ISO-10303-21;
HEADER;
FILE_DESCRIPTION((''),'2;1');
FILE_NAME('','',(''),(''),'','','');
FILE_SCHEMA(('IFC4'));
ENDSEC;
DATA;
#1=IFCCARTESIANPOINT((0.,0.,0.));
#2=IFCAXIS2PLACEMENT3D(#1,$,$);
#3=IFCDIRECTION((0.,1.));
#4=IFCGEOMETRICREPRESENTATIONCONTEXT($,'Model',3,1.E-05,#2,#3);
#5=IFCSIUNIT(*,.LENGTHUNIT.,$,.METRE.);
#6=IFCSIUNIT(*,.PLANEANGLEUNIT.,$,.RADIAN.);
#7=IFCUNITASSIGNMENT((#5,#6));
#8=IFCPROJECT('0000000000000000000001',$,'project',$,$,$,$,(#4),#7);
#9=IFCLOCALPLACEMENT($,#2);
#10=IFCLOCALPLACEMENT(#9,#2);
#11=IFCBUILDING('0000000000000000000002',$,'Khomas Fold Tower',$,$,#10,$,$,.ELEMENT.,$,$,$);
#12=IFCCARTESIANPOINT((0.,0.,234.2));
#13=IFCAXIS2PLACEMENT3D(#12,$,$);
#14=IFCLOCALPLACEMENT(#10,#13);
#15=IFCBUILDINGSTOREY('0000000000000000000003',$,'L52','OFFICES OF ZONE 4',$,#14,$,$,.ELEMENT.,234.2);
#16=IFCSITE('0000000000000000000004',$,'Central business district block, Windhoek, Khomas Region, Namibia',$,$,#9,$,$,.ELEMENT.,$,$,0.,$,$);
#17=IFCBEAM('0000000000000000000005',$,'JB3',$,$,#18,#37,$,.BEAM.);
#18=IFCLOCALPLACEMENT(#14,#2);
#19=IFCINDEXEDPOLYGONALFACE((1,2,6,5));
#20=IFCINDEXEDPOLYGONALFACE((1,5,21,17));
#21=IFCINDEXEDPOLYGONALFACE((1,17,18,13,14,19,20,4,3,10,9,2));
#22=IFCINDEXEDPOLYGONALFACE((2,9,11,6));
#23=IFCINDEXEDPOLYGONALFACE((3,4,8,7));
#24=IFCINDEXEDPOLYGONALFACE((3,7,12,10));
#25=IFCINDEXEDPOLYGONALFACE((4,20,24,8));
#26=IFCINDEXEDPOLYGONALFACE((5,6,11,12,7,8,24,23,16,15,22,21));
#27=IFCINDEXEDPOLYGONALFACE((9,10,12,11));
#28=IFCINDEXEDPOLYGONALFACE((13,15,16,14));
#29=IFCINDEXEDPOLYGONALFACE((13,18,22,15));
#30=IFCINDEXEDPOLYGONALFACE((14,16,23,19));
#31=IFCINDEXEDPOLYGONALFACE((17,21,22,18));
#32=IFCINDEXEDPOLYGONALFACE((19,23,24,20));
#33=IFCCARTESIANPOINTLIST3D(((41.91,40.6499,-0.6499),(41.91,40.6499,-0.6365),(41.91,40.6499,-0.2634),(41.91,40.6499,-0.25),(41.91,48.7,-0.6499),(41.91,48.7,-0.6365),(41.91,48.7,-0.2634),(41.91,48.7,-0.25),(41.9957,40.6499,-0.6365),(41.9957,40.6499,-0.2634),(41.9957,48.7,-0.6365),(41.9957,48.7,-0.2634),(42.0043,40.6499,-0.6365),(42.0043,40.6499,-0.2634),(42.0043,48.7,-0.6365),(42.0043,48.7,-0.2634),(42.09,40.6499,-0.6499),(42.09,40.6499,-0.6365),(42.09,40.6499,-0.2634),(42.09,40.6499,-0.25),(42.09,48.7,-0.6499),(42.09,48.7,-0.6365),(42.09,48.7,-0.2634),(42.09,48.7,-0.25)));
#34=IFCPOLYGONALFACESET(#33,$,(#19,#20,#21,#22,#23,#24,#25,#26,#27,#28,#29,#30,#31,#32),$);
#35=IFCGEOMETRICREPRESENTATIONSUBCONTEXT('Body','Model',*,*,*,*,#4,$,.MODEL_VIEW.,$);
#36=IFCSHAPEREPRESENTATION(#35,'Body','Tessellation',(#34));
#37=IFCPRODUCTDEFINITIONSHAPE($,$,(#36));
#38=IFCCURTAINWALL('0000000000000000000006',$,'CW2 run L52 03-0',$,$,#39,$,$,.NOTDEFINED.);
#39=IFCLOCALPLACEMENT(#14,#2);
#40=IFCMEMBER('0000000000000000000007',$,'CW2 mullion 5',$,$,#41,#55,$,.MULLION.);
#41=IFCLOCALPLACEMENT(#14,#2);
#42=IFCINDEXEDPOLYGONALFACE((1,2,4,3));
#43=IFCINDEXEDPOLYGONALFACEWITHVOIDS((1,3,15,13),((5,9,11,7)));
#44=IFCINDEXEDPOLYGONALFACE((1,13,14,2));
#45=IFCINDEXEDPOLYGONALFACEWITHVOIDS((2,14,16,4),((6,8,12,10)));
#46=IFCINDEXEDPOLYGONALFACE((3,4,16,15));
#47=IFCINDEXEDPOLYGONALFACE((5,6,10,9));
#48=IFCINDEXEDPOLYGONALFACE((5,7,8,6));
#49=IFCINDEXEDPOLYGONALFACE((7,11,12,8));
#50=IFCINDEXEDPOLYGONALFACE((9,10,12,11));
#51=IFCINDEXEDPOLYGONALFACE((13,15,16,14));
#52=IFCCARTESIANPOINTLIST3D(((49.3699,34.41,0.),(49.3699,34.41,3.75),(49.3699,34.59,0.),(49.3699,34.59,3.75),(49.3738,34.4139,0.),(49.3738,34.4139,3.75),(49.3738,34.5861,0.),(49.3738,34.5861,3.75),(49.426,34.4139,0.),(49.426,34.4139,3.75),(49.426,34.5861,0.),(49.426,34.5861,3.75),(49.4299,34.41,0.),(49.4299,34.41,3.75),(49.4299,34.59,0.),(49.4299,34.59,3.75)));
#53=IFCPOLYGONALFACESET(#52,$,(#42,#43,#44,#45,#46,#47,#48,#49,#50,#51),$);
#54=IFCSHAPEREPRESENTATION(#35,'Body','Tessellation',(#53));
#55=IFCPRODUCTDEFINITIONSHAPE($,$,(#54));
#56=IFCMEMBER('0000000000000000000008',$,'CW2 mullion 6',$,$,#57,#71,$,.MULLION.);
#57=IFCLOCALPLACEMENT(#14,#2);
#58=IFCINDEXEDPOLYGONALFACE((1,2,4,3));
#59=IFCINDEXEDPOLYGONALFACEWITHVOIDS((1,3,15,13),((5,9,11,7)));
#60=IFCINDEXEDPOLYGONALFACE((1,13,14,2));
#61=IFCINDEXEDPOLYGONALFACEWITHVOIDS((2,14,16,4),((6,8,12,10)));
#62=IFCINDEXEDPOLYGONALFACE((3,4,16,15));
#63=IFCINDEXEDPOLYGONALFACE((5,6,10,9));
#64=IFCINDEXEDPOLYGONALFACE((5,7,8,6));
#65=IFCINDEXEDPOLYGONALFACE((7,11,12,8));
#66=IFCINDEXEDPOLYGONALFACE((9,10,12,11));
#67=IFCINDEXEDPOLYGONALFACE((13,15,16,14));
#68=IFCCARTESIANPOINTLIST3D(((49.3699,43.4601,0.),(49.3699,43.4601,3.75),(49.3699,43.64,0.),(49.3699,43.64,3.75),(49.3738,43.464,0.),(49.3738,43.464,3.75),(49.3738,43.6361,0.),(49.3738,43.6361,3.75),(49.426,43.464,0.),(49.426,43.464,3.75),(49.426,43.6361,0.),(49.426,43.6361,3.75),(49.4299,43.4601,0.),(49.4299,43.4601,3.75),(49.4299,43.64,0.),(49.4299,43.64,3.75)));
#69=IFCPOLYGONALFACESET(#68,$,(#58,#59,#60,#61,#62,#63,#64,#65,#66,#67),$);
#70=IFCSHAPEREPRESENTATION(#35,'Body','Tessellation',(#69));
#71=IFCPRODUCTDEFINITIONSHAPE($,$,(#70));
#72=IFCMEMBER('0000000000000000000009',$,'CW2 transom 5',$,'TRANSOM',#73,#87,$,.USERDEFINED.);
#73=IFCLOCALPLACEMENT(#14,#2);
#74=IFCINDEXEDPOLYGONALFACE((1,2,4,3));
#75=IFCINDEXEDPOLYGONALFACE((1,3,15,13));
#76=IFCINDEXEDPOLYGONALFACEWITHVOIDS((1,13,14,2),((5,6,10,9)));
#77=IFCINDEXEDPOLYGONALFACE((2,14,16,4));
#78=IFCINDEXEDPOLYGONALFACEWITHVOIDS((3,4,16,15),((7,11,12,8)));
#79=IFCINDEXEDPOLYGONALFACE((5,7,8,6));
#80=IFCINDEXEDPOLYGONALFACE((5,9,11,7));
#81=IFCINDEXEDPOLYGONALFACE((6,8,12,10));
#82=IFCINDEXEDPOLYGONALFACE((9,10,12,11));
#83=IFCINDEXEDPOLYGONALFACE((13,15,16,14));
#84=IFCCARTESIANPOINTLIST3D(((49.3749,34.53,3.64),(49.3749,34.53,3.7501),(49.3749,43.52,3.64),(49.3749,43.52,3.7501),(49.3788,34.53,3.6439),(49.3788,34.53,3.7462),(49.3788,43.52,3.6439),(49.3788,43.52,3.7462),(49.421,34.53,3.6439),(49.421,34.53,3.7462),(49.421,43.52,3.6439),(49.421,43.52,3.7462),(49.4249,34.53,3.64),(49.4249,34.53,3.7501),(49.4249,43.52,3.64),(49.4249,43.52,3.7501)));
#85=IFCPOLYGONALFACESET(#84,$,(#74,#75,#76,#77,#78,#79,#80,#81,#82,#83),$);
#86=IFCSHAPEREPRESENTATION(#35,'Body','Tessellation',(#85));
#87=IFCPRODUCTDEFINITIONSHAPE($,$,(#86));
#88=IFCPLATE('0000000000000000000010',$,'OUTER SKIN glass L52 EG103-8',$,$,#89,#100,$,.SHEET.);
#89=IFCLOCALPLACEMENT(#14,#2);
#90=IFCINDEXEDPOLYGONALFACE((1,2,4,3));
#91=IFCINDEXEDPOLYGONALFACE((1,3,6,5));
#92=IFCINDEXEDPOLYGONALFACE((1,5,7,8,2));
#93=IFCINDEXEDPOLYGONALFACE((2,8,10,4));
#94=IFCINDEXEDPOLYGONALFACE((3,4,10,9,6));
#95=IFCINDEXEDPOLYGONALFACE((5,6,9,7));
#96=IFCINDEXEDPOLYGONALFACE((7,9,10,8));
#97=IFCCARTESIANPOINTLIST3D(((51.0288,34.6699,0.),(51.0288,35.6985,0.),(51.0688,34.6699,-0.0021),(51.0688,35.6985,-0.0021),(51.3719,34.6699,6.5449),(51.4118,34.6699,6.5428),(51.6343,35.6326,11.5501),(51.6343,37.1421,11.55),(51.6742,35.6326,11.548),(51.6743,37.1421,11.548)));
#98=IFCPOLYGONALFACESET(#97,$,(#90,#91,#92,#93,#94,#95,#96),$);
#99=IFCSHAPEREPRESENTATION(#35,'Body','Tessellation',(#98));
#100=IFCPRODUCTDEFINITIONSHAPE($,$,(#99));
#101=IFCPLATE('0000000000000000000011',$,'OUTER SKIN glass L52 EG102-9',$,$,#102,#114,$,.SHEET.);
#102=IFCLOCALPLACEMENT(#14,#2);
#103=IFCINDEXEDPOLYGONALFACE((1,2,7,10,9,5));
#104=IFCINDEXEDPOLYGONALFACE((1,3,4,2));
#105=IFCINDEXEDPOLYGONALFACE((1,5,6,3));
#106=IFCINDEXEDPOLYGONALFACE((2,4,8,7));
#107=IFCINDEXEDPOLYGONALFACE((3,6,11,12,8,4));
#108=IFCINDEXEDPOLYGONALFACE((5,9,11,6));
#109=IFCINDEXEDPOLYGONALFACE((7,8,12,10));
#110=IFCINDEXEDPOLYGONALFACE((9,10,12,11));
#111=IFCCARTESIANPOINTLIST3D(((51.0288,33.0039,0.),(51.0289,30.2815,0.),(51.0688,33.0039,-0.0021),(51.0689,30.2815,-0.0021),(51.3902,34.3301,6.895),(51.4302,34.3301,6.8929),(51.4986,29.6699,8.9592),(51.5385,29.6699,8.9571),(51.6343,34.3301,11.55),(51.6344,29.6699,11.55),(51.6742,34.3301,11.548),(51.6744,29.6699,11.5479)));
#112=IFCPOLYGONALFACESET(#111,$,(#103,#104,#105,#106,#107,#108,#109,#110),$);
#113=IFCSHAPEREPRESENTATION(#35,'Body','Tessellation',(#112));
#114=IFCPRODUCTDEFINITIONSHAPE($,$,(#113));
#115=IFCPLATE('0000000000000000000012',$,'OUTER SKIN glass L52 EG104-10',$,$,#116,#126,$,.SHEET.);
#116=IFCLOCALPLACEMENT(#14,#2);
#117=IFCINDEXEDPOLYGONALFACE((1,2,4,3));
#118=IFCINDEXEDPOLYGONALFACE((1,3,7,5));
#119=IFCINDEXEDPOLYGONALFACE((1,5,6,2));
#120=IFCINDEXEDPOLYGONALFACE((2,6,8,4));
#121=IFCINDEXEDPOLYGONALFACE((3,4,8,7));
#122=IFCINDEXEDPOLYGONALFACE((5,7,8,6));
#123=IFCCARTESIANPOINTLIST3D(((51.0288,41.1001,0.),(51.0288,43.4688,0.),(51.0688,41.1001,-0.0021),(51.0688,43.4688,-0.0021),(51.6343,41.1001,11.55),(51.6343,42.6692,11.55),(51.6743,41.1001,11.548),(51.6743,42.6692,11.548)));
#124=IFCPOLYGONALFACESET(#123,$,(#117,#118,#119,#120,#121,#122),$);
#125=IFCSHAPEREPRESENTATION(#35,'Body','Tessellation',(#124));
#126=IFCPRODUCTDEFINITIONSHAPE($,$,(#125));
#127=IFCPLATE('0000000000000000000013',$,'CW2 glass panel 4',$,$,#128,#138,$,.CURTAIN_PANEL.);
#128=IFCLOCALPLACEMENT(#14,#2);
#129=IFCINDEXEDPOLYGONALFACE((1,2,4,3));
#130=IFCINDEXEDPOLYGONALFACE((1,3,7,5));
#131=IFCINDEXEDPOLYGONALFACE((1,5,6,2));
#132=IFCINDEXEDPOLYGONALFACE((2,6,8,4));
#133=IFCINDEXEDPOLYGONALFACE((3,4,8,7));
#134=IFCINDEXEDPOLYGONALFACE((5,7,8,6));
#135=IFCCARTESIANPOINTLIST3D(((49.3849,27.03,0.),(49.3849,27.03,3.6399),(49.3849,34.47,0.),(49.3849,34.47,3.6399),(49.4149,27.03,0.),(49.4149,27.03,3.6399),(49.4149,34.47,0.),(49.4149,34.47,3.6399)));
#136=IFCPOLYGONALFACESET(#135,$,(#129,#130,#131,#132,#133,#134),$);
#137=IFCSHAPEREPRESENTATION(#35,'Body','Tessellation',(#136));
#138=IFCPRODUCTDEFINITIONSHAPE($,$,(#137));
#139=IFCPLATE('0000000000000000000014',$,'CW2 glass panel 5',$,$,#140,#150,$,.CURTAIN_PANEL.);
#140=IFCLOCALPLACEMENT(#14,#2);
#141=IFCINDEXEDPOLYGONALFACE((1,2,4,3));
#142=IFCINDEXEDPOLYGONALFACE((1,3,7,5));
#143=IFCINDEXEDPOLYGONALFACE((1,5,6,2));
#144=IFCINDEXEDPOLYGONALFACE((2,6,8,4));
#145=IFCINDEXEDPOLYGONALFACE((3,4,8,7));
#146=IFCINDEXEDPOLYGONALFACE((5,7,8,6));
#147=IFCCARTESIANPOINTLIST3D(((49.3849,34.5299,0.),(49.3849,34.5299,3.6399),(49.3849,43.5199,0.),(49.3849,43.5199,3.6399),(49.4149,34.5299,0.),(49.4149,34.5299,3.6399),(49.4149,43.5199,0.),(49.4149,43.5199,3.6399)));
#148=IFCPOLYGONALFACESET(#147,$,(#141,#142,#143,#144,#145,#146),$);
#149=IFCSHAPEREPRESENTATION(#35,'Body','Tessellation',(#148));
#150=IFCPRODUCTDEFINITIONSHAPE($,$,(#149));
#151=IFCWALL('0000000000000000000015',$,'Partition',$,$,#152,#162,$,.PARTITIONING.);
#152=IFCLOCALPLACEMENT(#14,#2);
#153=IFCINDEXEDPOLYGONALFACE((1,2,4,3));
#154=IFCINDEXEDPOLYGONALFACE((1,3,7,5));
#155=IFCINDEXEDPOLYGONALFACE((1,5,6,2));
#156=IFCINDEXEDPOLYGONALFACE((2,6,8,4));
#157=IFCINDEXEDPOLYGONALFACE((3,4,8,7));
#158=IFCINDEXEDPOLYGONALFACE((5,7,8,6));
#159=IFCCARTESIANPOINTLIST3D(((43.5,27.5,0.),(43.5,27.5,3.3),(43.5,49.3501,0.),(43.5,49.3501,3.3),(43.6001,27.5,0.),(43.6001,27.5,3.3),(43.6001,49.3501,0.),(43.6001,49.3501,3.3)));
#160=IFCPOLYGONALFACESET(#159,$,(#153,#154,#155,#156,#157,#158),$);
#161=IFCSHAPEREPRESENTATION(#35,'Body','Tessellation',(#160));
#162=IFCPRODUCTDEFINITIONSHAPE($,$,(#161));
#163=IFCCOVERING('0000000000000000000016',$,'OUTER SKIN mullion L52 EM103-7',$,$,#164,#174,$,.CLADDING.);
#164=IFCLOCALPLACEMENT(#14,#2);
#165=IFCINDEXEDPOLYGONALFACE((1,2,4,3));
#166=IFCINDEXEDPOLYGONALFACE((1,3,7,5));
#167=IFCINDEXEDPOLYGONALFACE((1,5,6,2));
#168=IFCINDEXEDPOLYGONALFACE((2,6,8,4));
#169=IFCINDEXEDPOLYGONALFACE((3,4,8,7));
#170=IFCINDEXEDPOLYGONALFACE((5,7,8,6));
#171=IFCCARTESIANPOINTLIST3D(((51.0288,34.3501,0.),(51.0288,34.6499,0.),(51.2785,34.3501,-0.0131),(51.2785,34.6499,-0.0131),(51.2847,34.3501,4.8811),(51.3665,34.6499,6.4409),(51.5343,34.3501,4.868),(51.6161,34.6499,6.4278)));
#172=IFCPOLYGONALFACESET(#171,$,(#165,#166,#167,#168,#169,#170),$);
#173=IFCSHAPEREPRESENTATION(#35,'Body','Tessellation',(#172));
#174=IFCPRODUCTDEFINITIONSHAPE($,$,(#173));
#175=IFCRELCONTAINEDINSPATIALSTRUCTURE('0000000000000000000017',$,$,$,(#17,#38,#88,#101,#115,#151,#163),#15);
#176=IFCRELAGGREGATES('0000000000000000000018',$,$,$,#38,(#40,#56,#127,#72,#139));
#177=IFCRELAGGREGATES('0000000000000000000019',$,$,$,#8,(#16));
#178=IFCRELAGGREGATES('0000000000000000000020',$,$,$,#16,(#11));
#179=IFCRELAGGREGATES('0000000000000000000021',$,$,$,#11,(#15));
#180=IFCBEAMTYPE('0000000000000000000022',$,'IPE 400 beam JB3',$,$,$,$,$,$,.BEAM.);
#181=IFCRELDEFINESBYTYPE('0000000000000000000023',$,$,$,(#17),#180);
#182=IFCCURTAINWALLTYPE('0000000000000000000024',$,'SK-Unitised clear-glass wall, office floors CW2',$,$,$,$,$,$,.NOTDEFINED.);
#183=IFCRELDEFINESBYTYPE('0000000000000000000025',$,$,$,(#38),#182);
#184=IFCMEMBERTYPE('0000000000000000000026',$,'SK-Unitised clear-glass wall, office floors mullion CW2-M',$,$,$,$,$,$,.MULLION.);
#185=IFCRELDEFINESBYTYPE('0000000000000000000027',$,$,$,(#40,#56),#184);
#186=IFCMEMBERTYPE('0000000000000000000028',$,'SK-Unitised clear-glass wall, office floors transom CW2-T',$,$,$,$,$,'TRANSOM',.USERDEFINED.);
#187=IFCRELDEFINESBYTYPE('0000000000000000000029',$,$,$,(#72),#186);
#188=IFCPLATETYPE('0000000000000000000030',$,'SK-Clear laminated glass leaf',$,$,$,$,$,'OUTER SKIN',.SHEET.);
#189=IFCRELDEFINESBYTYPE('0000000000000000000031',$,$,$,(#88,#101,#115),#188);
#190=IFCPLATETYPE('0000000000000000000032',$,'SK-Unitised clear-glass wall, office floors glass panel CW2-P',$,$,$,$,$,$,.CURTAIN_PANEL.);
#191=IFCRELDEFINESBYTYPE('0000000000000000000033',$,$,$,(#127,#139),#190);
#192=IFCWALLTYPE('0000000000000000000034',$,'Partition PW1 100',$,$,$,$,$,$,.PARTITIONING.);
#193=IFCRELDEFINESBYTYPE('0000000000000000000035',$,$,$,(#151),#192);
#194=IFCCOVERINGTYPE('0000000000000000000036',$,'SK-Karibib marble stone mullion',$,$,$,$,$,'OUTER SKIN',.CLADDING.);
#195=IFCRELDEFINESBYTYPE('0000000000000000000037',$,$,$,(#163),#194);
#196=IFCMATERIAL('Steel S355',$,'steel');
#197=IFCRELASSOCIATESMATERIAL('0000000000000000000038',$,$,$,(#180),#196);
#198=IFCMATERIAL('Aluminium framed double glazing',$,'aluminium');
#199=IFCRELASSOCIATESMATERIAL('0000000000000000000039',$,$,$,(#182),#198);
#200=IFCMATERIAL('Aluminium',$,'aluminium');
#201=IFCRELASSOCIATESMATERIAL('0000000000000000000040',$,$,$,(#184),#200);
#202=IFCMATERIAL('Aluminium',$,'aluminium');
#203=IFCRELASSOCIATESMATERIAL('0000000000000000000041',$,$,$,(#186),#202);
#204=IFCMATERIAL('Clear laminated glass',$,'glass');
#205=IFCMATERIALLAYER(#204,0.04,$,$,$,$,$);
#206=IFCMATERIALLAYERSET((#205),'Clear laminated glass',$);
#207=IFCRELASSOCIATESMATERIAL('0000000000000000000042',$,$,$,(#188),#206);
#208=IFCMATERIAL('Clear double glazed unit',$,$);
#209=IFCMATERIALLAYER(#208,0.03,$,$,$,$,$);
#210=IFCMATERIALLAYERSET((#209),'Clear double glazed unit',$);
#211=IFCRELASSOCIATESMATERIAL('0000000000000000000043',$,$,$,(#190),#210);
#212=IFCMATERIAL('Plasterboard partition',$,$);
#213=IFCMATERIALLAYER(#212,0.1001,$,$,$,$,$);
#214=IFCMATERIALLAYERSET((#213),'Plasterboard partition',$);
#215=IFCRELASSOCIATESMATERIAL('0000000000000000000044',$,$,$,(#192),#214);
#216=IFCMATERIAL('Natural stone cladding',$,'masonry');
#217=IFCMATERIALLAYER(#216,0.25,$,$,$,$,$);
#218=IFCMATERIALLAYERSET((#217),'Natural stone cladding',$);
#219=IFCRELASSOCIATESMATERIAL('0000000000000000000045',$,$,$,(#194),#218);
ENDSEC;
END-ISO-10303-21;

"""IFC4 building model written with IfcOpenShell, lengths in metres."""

from ifc_helpers import new_model, si_unit, direction, frame, frame_2d, origin, origin_2d, place, context, subcontext, project, spatial, polyline, rectangle, hollow_rectangle, i_section, outline, extrude, source, transform, mapped, material, layer, layer_set, material_profile, profile_set, type_object, element, aggregate, save


model = new_model("IFC4")

# Units and contexts
model_context = context("Model", 3, precision=1e-05, world=origin(), true_north=direction((0.0, 1.0)))
body_context = subcontext(model_context, "Body", "Model", "MODEL_VIEW")
ifc_project = project(units=[si_unit("LENGTHUNIT", "METRE"), si_unit("PLANEANGLEUNIT", "RADIAN")], contexts=[model_context])

# Site, building, storey
site_placement = place(None, origin())
site = spatial("IfcSite", under=ifc_project, at=site_placement, Name="Central business district block, Windhoek, Khomas Region, Namibia", CompositionType="ELEMENT", RefElevation=0.0)
building_placement = place(site_placement, origin())
building = spatial("IfcBuilding", under=site, at=building_placement, Name="Khomas Fold Tower", CompositionType="ELEMENT")
storey_placement = place(building_placement, frame((0.0, 0.0, 234.2)))
storey = spatial("IfcBuildingStorey", under=building, at=storey_placement, Name="L52", Description="OFFICES OF ZONE 4", CompositionType="ELEMENT", Elevation=234.2)

# Beam
ifc_material_1 = material(Name="Steel S355", Category="steel")
ifc_material_profile_1 = material_profile(ifc_material_1, i_section(OverallWidth=0.1799, OverallDepth=0.3999, WebThickness=0.0085, FlangeThickness=0.0134, at=origin_2d()), Name="IPE 400")
ifc_profile_set_1 = profile_set([ifc_material_profile_1], Name="Steel S355")
beam_type_1 = type_object("IfcBeamType", Name="IPE 400 beam JB3", PredefinedType="BEAM", material=ifc_profile_set_1)
shared_shape_1 = source(origin(), body_context, "Body", "SweptSolid", [
    extrude(i_section(OverallWidth=0.1799, OverallDepth=0.3999, WebThickness=0.0085, FlangeThickness=0.0134, at=origin_2d()), origin(), (0.0, 0.0, 1.0), 8.05),
])
beam_1_placement = place(storey_placement, frame((42.0, 40.6499, -0.45), z_axis=(0.0, 1.0, 0.0), x_axis=(-1.0, 0.0, 0.0)))
element("IfcBeam", 1, at=beam_1_placement, inside=storey, type_object=beam_type_1, Name="JB3", PredefinedType="BEAM", context=body_context, shape_type="MappedRepresentation", body=[
    mapped(shared_shape_1, transform((0.0, 0.0, 0.0))),
])

# Curtain wall, members
ifc_material_2 = material(Name="Aluminium framed double glazing", Category="aluminium")
curtain_wall_type = type_object("IfcCurtainWallType", Name="SK-Unitised clear-glass wall, office floors CW2", PredefinedType="NOTDEFINED", material=ifc_material_2)
curtain_wall_placement = place(storey_placement, origin())
curtain_wall = element("IfcCurtainWall", 2, at=curtain_wall_placement, inside=storey, type_object=curtain_wall_type, Name="CW2 run L52 03-0", PredefinedType="NOTDEFINED")
ifc_material_3 = material(Name="Aluminium", Category="aluminium")
ifc_material_profile_2 = material_profile(ifc_material_3, hollow_rectangle(XDim=0.0601, YDim=0.1799, WallThickness=0.0039, at=origin_2d()), Name="SK-Unitised clear-glass wall, office floors mullion CW2-M")
ifc_profile_set_2 = profile_set([ifc_material_profile_2], Name="Aluminium")
member_type_1 = type_object("IfcMemberType", Name="SK-Unitised clear-glass wall, office floors mullion CW2-M", PredefinedType="MULLION", material=ifc_profile_set_2)
shared_shape_2 = source(origin(), body_context, "Body", "SweptSolid", [
    extrude(hollow_rectangle(XDim=0.0601, YDim=0.1799, WallThickness=0.0039, at=origin_2d()), origin(), (0.0, 0.0, 1.0), 3.75),
])
member_1_placement = place(storey_placement, frame((49.3999, 34.5, 0.0), z_axis=(0.0, 0.0, 1.0), x_axis=(-1.0, 0.0, 0.0)))
member_1 = element("IfcMember", 3, at=member_1_placement, type_object=member_type_1, Name="CW2 mullion 5", PredefinedType="MULLION", context=body_context, shape_type="MappedRepresentation", body=[
    mapped(shared_shape_2, transform((0.0, 0.0, 0.0))),
])
member_2_placement = place(storey_placement, frame((49.3999, 43.55, 0.0), z_axis=(0.0, 0.0, 1.0), x_axis=(-1.0, 0.0, 0.0)))
member_2 = element("IfcMember", 4, at=member_2_placement, type_object=member_type_1, Name="CW2 mullion 6", PredefinedType="MULLION", context=body_context, shape_type="MappedRepresentation", body=[
    mapped(shared_shape_2, transform((0.0, 0.0, 0.0))),
])
ifc_material_4 = material(Name="Aluminium", Category="aluminium")
ifc_material_profile_3 = material_profile(ifc_material_4, hollow_rectangle(XDim=0.05, YDim=0.1101, WallThickness=0.0039, at=origin_2d()), Name="SK-Unitised clear-glass wall, office floors transom CW2-T")
ifc_profile_set_3 = profile_set([ifc_material_profile_3], Name="Aluminium")
member_type_2 = type_object("IfcMemberType", Name="SK-Unitised clear-glass wall, office floors transom CW2-T", ElementType="TRANSOM", PredefinedType="USERDEFINED", material=ifc_profile_set_3)
shared_shape_3 = source(origin(), body_context, "Body", "SweptSolid", [
    extrude(hollow_rectangle(XDim=0.05, YDim=0.1101, WallThickness=0.0039, at=origin_2d()), origin(), (0.0, 0.0, 1.0), 8.99),
])
member_3_placement = place(storey_placement, frame((49.3999, 34.53, 3.6951), z_axis=(0.0, 1.0, 0.0), x_axis=(-1.0, 0.0, 0.0)))
member_3 = element("IfcMember", 5, at=member_3_placement, type_object=member_type_2, Name="CW2 transom 5", ObjectType="TRANSOM", PredefinedType="USERDEFINED", context=body_context, shape_type="MappedRepresentation", body=[
    mapped(shared_shape_3, transform((0.0, 0.0, 0.0))),
])

# Plates
ifc_material_5 = material(Name="Clear laminated glass", Category="glass")
ifc_layer_1 = layer(ifc_material_5, 0.04)
ifc_layer_set_1 = layer_set([ifc_layer_1], Name="Clear laminated glass")
plate_type_1 = type_object("IfcPlateType", Name="SK-Clear laminated glass leaf", ElementType="OUTER SKIN", PredefinedType="SHEET", material=ifc_layer_set_1)
plate_1_placement = place(storey_placement, frame((51.0288, 35.6985, 0.0), z_axis=(-0.998629, 0.000025, 0.052347), x_axis=(-0.000025, -1.0, 0.000001)))
element("IfcPlate", 6, at=plate_1_placement, inside=storey, type_object=plate_type_1, Name="OUTER SKIN glass L52 EG103-8", PredefinedType="SHEET", context=body_context, shape_type="SweptSolid", body=[
    extrude(outline(polyline([(0.0, 0.0), (1.0286, 0.0), (1.0286, 6.5539), (0.0659, 11.5659), (-1.4436, 11.5659), (0.0, 0.0)])), origin(), (0.0, 0.0, -1.0), 0.04),
])
plate_2_placement = place(storey_placement, frame((51.0288, 33.0039, 0.0), z_axis=(-0.998629, -0.000024, 0.052351), x_axis=(0.000024, -1.0, -0.000001)))
element("IfcPlate", 7, at=plate_2_placement, inside=storey, type_object=plate_type_1, Name="OUTER SKIN glass L52 EG102-9", PredefinedType="SHEET", context=body_context, shape_type="SweptSolid", body=[
    extrude(outline(polyline([(0.0, 0.0), (2.7224, 0.0), (3.334, 8.9715), (3.334, 11.5659), (-1.3262, 11.5659), (-1.3262, 6.9045), (0.0, 0.0)])), origin(), (0.0, 0.0, -1.0), 0.04),
])
plate_3_placement = place(storey_placement, frame((51.0288, 43.4688, 0.0), z_axis=(-0.998629, 0.0, 0.052349), x_axis=(0.0, -1.0, 0.0)))
element("IfcPlate", 8, at=plate_3_placement, inside=storey, type_object=plate_type_1, Name="OUTER SKIN glass L52 EG104-10", PredefinedType="SHEET", context=body_context, shape_type="SweptSolid", body=[
    extrude(outline(polyline([(0.0, 0.0), (2.3687, 0.0), (2.3687, 11.5659), (0.7996, 11.5659), (0.0, 0.0)])), origin(), (0.0, 0.0, -1.0), 0.04),
])

# Plates
ifc_material_6 = material(Name="Clear double glazed unit")
ifc_layer_2 = layer(ifc_material_6, 0.03)
ifc_layer_set_2 = layer_set([ifc_layer_2], Name="Clear double glazed unit")
plate_type_2 = type_object("IfcPlateType", Name="SK-Unitised clear-glass wall, office floors glass panel CW2-P", PredefinedType="CURTAIN_PANEL", material=ifc_layer_set_2)
shared_shape_4 = source(origin(), body_context, "Body", "SweptSolid", [
    extrude(rectangle(XDim=7.4399, YDim=0.03, at=origin_2d()), origin(), (0.0, 0.0, 1.0), 3.6399),
])
plate_4_placement = place(storey_placement, frame((49.3999, 30.75, 0.0), z_axis=(0.0, 0.0, 1.0), x_axis=(0.0, 1.0, 0.0)))
plate_4 = element("IfcPlate", 9, at=plate_4_placement, type_object=plate_type_2, Name="CW2 glass panel 4", PredefinedType="CURTAIN_PANEL", context=body_context, shape_type="MappedRepresentation", body=[
    mapped(shared_shape_4, transform((0.0, 0.0, 0.0))),
])
shared_shape_5 = source(origin(), body_context, "Body", "SweptSolid", [
    extrude(rectangle(XDim=8.99, YDim=0.03, at=origin_2d()), origin(), (0.0, 0.0, 1.0), 3.6399),
])
plate_5_placement = place(storey_placement, frame((49.3999, 39.0249, 0.0), z_axis=(0.0, 0.0, 1.0), x_axis=(0.0, 1.0, 0.0)))
plate_5 = element("IfcPlate", 10, at=plate_5_placement, type_object=plate_type_2, Name="CW2 glass panel 5", PredefinedType="CURTAIN_PANEL", context=body_context, shape_type="MappedRepresentation", body=[
    mapped(shared_shape_5, transform((0.0, 0.0, 0.0))),
])
aggregate(curtain_wall, [member_1, member_2, plate_4, member_3, plate_5])

# Wall
ifc_material_7 = material(Name="Plasterboard partition")
ifc_layer_3 = layer(ifc_material_7, 0.1001)
ifc_layer_set_3 = layer_set([ifc_layer_3], Name="Plasterboard partition")
wall_type = type_object("IfcWallType", Name="Partition PW1 100", PredefinedType="PARTITIONING", material=ifc_layer_set_3)
shared_shape_6 = source(origin(), body_context, "Body", "SweptSolid", [
    extrude(rectangle(XDim=21.8501, YDim=0.1001, at=frame_2d((10.925, 0.0))), origin(), (0.0, 0.0, 1.0), 3.3),
])
wall_placement = place(storey_placement, frame((43.55, 27.5, 0.0), z_axis=(0.0, 0.0, 1.0), x_axis=(0.0, 1.0, 0.0)))
element("IfcWall", 11, at=wall_placement, inside=storey, type_object=wall_type, Name="Partition", PredefinedType="PARTITIONING", context=body_context, shape_type="MappedRepresentation", body=[
    mapped(shared_shape_6, transform((0.0, 0.0, 0.0))),
])

# Covering
ifc_material_8 = material(Name="Natural stone cladding", Category="masonry")
ifc_layer_4 = layer(ifc_material_8, 0.25)
ifc_layer_set_4 = layer_set([ifc_layer_4], Name="Natural stone cladding")
covering_type_1 = type_object("IfcCoveringType", Name="SK-Karibib marble stone mullion", ElementType="OUTER SKIN", PredefinedType="CLADDING", material=ifc_layer_set_4)
covering_1_placement = place(storey_placement, frame((51.0288, 34.3501, 0.0), z_axis=(-0.998629, 0.000035, 0.052349), x_axis=(0.052349, 0.0, 0.998629)))
element("IfcCovering", 12, at=covering_1_placement, inside=storey, type_object=covering_type_1, Name="OUTER SKIN mullion L52 EM103-7", PredefinedType="CLADDING", context=body_context, shape_type="SweptSolid", body=[
    extrude(outline(polyline([(0.0, 0.0), (4.8878, 0.0), (6.4498, 0.2998), (0.0, 0.2998), (0.0, 0.0)])), origin(), (0.0, 0.0, -1.0), 0.25),
])

save(model, "model.ifc")
